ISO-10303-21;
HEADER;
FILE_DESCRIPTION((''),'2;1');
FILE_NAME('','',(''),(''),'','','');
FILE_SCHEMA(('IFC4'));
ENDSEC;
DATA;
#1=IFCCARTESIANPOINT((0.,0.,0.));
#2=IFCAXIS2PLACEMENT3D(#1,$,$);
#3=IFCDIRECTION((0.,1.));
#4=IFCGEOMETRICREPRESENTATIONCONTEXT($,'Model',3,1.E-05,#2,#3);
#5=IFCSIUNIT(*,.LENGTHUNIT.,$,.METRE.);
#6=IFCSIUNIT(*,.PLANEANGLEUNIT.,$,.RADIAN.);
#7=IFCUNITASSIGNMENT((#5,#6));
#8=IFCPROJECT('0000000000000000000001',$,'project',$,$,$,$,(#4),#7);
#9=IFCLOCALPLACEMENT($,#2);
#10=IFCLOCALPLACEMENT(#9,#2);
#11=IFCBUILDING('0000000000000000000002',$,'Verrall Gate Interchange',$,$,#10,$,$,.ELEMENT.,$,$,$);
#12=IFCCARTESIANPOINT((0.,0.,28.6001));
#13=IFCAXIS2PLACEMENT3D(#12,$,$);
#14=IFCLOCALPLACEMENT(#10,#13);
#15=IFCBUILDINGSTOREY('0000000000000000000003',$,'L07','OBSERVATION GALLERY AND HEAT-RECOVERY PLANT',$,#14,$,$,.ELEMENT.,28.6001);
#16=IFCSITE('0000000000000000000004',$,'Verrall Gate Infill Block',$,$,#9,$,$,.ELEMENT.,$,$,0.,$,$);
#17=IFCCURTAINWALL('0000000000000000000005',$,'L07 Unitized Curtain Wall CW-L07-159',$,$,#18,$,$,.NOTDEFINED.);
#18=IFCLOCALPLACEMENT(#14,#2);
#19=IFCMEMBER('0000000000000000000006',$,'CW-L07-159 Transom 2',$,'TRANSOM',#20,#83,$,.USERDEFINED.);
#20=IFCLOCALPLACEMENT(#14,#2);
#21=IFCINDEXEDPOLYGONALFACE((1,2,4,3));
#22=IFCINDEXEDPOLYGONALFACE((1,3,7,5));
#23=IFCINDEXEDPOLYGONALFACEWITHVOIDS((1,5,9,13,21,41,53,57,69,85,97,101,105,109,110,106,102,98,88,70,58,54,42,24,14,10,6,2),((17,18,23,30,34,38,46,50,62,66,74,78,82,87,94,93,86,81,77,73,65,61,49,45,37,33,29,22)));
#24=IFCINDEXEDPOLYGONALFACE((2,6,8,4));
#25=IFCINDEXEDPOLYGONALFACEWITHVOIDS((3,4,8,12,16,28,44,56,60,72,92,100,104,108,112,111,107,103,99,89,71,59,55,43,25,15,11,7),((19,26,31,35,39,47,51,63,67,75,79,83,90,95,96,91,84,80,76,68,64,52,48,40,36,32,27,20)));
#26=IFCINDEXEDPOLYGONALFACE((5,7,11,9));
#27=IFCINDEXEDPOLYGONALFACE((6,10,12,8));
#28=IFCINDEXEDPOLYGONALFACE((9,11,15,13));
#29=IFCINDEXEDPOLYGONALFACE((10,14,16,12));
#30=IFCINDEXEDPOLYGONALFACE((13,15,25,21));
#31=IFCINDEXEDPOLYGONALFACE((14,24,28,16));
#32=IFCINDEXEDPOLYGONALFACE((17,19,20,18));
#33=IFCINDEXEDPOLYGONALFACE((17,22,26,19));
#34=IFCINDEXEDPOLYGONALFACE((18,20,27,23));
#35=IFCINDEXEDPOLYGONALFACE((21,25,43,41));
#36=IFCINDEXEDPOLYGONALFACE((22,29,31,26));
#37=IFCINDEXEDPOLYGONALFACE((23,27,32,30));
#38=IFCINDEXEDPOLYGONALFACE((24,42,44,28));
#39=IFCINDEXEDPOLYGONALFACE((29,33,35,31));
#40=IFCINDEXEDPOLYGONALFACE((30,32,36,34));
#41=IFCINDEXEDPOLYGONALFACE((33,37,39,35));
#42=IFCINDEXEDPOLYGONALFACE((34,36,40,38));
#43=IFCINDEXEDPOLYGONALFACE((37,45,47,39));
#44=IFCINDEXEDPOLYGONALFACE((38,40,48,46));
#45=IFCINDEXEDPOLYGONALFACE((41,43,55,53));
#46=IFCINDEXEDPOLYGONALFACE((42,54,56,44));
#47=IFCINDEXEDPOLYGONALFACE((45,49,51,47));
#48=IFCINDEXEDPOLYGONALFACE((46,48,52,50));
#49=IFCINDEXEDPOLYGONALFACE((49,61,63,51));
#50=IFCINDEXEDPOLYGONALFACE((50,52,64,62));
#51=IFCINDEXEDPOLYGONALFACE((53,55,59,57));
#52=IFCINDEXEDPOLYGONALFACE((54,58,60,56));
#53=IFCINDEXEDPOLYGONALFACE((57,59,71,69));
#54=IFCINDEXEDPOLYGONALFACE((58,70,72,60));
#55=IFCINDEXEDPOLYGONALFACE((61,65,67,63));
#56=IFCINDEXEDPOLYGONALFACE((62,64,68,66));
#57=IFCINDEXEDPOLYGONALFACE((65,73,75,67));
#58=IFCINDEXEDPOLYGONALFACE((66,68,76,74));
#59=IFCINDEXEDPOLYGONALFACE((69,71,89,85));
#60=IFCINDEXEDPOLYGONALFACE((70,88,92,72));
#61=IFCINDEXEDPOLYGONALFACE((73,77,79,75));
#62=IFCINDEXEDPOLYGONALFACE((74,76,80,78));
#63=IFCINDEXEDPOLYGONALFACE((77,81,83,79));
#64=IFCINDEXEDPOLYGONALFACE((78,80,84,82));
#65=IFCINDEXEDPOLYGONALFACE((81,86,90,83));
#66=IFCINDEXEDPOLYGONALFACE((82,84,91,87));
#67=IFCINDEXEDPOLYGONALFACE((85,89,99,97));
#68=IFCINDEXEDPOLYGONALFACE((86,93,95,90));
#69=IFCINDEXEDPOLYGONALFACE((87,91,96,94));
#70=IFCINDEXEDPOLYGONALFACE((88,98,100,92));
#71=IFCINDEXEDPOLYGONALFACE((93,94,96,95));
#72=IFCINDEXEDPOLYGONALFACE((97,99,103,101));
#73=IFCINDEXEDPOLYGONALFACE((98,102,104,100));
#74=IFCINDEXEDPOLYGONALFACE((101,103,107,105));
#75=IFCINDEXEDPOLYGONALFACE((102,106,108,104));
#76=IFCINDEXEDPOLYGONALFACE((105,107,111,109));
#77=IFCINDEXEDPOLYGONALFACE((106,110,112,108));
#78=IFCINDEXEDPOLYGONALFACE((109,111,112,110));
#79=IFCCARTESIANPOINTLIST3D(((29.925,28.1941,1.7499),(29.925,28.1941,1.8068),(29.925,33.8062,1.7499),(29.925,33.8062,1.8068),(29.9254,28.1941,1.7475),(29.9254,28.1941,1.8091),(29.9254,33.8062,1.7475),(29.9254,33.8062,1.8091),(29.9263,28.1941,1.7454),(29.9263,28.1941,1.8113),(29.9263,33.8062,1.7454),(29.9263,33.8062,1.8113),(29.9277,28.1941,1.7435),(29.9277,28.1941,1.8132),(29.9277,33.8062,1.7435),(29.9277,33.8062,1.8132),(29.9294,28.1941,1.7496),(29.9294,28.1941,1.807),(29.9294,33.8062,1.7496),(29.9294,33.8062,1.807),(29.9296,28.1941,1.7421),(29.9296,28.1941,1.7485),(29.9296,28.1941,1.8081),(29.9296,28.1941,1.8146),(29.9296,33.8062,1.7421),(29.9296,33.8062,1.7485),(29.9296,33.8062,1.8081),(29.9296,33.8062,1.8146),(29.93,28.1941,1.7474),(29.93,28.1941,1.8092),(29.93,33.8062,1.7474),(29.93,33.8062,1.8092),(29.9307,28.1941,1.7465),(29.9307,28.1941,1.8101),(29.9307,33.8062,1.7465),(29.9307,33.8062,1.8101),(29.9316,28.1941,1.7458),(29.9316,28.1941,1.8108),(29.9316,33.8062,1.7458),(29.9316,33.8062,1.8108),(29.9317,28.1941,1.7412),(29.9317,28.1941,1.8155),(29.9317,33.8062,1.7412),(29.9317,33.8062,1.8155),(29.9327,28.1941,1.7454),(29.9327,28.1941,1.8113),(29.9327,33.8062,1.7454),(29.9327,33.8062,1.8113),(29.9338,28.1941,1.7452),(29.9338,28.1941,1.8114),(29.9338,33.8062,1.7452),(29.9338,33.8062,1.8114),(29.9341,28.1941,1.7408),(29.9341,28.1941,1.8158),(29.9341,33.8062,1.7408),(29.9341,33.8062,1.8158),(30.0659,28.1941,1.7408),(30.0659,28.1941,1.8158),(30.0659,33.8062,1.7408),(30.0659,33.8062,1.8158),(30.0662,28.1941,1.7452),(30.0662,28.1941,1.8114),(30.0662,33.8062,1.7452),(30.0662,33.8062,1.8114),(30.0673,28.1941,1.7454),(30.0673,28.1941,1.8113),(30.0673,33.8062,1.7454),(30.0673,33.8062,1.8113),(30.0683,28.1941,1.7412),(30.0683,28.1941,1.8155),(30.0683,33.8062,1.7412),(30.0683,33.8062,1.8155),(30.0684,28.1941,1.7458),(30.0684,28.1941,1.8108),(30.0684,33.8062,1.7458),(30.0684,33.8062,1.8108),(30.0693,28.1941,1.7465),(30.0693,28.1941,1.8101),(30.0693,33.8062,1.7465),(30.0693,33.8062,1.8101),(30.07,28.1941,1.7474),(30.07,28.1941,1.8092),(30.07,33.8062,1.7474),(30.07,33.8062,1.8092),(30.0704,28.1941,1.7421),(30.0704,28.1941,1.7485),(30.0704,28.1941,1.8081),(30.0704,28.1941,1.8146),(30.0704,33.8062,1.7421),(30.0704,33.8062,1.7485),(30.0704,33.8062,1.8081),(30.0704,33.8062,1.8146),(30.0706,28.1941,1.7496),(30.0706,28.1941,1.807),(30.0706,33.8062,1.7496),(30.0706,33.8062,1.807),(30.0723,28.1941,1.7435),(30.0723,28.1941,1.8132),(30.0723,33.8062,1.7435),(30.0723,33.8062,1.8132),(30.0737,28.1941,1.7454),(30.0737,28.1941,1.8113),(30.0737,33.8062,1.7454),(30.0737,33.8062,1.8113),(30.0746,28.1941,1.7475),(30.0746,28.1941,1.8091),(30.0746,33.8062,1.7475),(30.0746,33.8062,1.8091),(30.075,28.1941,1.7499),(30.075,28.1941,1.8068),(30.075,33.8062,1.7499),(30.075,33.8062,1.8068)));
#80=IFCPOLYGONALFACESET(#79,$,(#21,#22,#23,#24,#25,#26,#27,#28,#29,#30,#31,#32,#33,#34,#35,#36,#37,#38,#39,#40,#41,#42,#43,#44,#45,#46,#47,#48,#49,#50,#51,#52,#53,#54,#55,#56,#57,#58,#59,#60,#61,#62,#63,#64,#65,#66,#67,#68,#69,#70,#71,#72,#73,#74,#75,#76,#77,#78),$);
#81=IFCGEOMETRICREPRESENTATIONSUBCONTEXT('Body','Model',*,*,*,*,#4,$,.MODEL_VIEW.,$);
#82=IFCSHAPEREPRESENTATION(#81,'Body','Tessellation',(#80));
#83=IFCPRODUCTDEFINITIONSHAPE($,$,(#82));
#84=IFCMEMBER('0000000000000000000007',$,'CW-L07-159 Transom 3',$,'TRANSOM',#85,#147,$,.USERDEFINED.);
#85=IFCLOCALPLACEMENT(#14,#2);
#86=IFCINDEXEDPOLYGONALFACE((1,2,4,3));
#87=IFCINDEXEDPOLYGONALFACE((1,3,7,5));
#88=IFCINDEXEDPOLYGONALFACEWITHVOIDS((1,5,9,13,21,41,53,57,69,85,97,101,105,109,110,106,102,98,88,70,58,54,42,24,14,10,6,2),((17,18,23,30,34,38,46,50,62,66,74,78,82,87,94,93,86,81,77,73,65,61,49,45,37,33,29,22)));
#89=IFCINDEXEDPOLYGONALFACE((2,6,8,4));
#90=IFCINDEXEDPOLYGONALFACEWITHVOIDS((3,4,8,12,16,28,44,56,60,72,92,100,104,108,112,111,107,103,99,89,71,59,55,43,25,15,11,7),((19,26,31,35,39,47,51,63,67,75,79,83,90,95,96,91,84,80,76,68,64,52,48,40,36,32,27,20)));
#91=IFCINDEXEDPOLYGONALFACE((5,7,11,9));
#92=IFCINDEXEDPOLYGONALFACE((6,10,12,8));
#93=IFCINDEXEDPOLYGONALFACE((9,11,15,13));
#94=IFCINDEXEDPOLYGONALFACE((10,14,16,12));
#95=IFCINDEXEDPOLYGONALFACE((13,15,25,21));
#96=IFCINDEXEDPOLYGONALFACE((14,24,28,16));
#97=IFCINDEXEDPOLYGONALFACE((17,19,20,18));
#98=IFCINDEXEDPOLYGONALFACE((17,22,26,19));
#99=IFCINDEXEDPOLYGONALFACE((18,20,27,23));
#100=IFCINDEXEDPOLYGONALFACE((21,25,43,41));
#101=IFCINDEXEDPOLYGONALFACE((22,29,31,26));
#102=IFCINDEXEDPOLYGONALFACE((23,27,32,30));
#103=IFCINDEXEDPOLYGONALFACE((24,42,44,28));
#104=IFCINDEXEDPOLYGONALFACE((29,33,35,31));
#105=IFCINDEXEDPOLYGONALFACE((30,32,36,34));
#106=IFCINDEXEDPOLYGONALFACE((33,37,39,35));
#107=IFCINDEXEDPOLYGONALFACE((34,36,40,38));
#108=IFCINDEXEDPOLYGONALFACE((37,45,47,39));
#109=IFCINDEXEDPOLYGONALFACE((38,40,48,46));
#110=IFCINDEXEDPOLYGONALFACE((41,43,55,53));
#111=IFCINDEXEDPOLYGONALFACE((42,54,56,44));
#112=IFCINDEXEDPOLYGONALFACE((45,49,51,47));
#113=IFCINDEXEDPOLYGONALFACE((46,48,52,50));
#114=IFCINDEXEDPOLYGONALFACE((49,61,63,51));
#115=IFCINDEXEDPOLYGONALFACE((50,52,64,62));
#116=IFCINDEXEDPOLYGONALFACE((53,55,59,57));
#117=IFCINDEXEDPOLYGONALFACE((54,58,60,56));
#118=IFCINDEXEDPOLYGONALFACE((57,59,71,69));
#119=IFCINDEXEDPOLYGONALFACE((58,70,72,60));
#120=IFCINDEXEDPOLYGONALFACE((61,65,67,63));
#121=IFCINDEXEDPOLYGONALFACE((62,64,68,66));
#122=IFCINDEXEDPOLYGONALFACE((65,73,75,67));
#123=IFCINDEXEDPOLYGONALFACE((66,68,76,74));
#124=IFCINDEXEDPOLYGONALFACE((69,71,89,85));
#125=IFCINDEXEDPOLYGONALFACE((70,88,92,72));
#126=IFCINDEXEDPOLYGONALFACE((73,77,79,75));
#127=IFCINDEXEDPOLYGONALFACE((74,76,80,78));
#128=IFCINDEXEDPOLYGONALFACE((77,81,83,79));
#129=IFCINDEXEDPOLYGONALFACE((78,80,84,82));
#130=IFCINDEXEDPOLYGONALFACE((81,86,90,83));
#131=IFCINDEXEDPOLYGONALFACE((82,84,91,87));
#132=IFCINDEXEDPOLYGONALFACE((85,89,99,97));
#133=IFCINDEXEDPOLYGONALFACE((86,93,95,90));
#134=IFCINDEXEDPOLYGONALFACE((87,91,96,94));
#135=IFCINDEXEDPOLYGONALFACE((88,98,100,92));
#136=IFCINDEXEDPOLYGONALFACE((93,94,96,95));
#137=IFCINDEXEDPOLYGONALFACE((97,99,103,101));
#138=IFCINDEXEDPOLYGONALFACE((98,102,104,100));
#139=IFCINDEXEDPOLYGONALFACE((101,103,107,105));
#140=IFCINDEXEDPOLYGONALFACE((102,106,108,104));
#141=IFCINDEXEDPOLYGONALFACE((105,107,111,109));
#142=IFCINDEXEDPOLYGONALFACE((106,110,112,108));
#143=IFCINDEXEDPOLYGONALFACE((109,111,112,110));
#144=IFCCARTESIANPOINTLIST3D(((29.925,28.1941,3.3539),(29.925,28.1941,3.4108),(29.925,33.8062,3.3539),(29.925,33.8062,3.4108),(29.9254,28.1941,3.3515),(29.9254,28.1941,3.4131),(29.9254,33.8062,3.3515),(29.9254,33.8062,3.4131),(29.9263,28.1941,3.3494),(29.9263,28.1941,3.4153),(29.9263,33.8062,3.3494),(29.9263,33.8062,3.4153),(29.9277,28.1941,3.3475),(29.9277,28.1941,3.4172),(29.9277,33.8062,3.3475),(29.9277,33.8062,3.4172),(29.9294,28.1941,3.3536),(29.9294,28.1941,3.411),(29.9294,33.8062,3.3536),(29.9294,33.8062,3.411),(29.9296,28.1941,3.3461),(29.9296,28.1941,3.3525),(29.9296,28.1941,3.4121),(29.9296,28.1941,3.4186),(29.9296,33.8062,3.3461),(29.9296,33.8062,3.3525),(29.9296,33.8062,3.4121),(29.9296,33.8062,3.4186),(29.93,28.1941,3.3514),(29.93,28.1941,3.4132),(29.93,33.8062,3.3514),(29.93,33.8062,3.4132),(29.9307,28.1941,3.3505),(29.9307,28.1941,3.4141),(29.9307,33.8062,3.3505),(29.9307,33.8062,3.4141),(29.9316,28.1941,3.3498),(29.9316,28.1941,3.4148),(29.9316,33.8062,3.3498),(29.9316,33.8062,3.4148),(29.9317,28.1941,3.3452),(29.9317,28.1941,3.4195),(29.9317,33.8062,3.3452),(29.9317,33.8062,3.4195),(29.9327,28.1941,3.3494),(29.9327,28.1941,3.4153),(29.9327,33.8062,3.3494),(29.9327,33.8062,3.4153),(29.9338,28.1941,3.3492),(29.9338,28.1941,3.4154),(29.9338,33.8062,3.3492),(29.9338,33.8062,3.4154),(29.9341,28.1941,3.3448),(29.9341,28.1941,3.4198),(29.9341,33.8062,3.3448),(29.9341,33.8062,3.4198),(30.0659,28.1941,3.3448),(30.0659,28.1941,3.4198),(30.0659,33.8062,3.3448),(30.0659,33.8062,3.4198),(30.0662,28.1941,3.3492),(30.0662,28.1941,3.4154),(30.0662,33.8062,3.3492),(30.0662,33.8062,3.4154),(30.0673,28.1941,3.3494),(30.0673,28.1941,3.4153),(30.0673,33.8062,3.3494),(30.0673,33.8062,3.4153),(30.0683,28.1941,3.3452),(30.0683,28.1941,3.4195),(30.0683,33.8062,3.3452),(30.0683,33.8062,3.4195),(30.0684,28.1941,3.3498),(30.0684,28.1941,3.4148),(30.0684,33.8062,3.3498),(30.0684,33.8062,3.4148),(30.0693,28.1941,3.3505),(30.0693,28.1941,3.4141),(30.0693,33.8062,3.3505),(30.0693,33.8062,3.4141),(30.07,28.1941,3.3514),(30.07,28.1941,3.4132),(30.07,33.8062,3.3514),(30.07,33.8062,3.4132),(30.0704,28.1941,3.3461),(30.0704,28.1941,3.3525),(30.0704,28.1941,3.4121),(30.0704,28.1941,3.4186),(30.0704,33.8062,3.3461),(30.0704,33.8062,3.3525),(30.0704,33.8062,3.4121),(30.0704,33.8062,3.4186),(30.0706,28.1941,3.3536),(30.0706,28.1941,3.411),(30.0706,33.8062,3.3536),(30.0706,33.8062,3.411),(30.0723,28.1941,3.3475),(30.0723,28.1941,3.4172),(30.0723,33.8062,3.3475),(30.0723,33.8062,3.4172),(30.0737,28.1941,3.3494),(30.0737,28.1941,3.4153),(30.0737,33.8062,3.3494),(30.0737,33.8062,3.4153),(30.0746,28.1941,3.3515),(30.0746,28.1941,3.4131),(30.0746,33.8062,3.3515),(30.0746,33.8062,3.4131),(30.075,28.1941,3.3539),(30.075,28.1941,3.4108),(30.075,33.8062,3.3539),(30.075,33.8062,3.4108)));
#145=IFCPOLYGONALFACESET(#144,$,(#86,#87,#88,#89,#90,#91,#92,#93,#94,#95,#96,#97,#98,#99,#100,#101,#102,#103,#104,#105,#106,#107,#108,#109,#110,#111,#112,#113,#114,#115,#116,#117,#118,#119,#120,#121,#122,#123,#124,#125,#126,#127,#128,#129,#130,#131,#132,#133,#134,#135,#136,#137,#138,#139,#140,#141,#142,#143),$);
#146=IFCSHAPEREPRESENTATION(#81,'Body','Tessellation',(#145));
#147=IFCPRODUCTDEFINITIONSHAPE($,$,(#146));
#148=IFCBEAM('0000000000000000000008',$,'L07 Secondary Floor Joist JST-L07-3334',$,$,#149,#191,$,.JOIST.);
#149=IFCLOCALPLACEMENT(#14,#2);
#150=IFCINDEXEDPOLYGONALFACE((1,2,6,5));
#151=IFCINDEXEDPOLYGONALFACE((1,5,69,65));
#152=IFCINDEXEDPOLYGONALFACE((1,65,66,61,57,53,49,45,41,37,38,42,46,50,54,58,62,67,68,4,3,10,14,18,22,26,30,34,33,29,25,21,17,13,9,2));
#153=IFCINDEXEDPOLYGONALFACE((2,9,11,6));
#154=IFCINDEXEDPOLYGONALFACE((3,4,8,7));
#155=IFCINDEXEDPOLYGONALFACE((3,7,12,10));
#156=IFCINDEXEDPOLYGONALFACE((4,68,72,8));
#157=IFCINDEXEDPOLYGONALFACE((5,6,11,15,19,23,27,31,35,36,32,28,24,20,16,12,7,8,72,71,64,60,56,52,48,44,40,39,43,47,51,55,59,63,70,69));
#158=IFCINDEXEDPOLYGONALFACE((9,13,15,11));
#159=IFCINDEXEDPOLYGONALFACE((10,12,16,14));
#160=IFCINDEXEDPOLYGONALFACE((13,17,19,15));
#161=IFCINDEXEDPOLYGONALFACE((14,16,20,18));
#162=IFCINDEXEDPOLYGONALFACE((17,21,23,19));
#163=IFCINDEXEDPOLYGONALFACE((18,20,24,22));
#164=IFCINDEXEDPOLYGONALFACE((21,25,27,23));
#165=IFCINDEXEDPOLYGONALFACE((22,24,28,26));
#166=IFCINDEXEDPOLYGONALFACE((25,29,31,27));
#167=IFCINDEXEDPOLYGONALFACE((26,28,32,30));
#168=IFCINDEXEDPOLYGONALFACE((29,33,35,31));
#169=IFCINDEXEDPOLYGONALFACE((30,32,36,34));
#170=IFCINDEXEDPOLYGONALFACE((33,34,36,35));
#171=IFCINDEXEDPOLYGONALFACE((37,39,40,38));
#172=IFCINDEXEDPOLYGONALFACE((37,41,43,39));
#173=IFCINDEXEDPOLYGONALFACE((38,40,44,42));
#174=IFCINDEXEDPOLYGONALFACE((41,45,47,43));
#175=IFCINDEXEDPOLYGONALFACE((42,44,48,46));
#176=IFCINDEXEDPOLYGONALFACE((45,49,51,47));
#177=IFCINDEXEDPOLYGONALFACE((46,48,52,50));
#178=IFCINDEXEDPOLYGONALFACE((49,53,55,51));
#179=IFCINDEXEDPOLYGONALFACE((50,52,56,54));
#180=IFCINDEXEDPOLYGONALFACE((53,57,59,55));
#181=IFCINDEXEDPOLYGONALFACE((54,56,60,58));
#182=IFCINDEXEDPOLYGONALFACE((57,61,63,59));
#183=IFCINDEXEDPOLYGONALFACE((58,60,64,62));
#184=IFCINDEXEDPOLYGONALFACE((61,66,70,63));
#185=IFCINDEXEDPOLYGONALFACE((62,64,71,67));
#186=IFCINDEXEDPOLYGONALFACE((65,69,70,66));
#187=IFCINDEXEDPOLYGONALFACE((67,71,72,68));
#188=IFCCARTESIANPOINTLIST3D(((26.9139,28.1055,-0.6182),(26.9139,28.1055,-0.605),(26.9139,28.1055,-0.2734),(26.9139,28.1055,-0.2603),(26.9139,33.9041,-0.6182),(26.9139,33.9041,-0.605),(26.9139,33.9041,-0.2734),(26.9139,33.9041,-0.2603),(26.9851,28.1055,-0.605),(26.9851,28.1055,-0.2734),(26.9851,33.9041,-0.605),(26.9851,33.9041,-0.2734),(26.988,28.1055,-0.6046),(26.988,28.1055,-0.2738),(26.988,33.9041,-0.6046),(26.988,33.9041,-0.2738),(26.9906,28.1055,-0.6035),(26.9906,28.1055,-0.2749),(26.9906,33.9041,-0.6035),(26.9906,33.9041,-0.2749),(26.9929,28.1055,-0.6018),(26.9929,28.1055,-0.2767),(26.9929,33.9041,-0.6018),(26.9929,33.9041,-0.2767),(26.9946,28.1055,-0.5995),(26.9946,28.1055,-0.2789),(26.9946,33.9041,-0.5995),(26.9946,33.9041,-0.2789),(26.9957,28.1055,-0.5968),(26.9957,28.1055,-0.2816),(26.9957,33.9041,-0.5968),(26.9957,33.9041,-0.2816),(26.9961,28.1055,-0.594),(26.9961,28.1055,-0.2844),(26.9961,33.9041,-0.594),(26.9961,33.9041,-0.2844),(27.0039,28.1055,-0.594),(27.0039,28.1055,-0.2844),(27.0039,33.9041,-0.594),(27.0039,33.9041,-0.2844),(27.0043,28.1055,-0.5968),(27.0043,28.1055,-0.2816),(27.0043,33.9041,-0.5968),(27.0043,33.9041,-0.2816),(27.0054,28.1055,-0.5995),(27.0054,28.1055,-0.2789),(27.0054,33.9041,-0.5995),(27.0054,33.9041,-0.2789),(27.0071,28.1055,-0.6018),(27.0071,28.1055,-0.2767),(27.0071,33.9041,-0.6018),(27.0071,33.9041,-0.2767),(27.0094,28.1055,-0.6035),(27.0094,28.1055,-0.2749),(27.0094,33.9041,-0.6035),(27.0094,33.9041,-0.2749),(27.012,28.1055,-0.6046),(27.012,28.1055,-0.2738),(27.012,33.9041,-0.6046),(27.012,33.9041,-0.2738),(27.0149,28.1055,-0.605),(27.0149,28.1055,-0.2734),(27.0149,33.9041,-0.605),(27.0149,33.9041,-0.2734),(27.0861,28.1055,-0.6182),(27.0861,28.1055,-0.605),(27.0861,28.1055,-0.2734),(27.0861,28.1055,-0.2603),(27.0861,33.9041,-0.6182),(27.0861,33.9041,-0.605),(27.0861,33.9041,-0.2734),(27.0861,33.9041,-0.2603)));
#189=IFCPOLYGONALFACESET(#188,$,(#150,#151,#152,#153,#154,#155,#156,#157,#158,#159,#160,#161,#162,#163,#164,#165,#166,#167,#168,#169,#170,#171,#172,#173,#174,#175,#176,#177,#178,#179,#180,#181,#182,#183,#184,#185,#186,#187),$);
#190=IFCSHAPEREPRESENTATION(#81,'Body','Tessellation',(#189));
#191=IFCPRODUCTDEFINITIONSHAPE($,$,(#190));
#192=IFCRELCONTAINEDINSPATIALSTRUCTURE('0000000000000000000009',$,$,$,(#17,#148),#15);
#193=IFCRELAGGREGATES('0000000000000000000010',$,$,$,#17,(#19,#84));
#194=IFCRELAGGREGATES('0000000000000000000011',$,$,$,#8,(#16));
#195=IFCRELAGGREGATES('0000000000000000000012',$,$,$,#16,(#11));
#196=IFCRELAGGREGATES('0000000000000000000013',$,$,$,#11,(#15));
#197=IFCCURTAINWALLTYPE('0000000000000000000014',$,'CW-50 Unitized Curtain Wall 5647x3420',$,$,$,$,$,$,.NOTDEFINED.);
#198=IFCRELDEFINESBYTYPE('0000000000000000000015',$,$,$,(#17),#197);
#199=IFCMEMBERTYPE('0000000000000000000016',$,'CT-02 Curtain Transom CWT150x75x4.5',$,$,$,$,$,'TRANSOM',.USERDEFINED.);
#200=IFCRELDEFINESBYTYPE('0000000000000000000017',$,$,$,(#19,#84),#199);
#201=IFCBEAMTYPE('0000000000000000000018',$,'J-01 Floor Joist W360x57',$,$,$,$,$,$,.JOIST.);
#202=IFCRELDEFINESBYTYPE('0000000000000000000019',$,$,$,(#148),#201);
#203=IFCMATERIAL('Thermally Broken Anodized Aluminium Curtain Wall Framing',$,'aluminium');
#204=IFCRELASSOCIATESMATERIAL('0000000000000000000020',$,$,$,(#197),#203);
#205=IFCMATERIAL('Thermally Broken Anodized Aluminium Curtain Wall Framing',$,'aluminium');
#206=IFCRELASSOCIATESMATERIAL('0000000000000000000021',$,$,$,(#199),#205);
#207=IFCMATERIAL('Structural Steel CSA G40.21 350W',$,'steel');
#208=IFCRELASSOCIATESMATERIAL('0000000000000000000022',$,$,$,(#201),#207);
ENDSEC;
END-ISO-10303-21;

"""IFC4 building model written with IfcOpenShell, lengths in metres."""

from ifc_helpers import new_model, si_unit, direction, frame, origin, origin_2d, place, context, subcontext, project, spatial, hollow_rectangle, i_section, extrude, material, material_profile, profile_set, type_object, element, aggregate, save


model = new_model("IFC4")

# Units and contexts
model_context = context("Model", 3, precision=1e-05, world=origin(), true_north=direction((0.0, 1.0)))
body_context = subcontext(model_context, "Body", "Model", "MODEL_VIEW")
ifc_project = project(units=[si_unit("LENGTHUNIT", "METRE"), si_unit("PLANEANGLEUNIT", "RADIAN")], contexts=[model_context])

# Site, building, storey
site_placement = place(None, origin())
site = spatial("IfcSite", under=ifc_project, at=site_placement, Name="Verrall Gate Infill Block", CompositionType="ELEMENT", RefElevation=0.0)
building_placement = place(site_placement, origin())
building = spatial("IfcBuilding", under=site, at=building_placement, Name="Verrall Gate Interchange", CompositionType="ELEMENT")
storey_placement = place(building_placement, frame((0.0, 0.0, 28.6001)))
storey = spatial("IfcBuildingStorey", under=building, at=storey_placement, Name="L07", Description="OBSERVATION GALLERY AND HEAT-RECOVERY PLANT", CompositionType="ELEMENT", Elevation=28.6001)

# Curtain wall, members
ifc_material_1 = material(Name="Thermally Broken Anodized Aluminium Curtain Wall Framing", Category="aluminium")
curtain_wall_type_1 = type_object("IfcCurtainWallType", Name="CW-50 Unitized Curtain Wall 5647x3420", PredefinedType="NOTDEFINED", material=ifc_material_1)
curtain_wall_1_placement = place(storey_placement, origin())
curtain_wall_1 = element("IfcCurtainWall", 1, at=curtain_wall_1_placement, inside=storey, type_object=curtain_wall_type_1, Name="L07 Unitized Curtain Wall CW-L07-159", PredefinedType="NOTDEFINED")
ifc_material_2 = material(Name="Thermally Broken Anodized Aluminium Curtain Wall Framing", Category="aluminium")
ifc_material_profile_1 = material_profile(ifc_material_2, hollow_rectangle(XDim=0.1499, YDim=0.075, WallThickness=0.0044, InnerFilletRadius=0.0044, OuterFilletRadius=0.009, at=origin_2d()), Name="CWT150x75x4.5")
ifc_profile_set_1 = profile_set([ifc_material_profile_1], Name="Thermally Broken Anodized Aluminium Curtain Wall Framing")
member_type_1 = type_object("IfcMemberType", Name="CT-02 Curtain Transom CWT150x75x4.5", ElementType="TRANSOM", PredefinedType="USERDEFINED", material=ifc_profile_set_1)
member_1_placement = place(storey_placement, frame((30.0, 28.1941, 1.7783), z_axis=(0.0, 1.0, 0.0), x_axis=(-1.0, 0.0, 0.0)))
member_1 = element("IfcMember", 2, at=member_1_placement, type_object=member_type_1, Name="CW-L07-159 Transom 2", ObjectType="TRANSOM", PredefinedType="USERDEFINED", context=body_context, shape_type="SweptSolid", body=[
    extrude(hollow_rectangle(XDim=0.1499, YDim=0.075, WallThickness=0.0044, InnerFilletRadius=0.0044, OuterFilletRadius=0.009, at=origin_2d()), origin(), (0.0, 0.0, 1.0), 5.6121),
])
member_2_placement = place(storey_placement, frame((30.0, 28.1941, 3.3823), z_axis=(0.0, 1.0, 0.0), x_axis=(-1.0, 0.0, 0.0)))
member_2 = element("IfcMember", 3, at=member_2_placement, type_object=member_type_1, Name="CW-L07-159 Transom 3", ObjectType="TRANSOM", PredefinedType="USERDEFINED", context=body_context, shape_type="SweptSolid", body=[
    extrude(hollow_rectangle(XDim=0.1499, YDim=0.075, WallThickness=0.0044, InnerFilletRadius=0.0044, OuterFilletRadius=0.009, at=origin_2d()), origin(), (0.0, 0.0, 1.0), 5.6121),
])

# Beam
ifc_material_3 = material(Name="Structural Steel CSA G40.21 350W", Category="steel")
ifc_material_profile_2 = material_profile(ifc_material_3, i_section(OverallWidth=0.1721, OverallDepth=0.3579, WebThickness=0.0078, FlangeThickness=0.0132, FilletRadius=0.011, at=origin_2d()), Name="W360x57")
ifc_profile_set_2 = profile_set([ifc_material_profile_2], Name="Structural Steel CSA G40.21 350W")
beam_type_1 = type_object("IfcBeamType", Name="J-01 Floor Joist W360x57", PredefinedType="JOIST", material=ifc_profile_set_2)
beam_1_placement = place(storey_placement, frame((27.0, 28.1055, -0.4392), z_axis=(0.0, 1.0, 0.0), x_axis=(-1.0, 0.0, 0.0)))
element("IfcBeam", 4, at=beam_1_placement, inside=storey, type_object=beam_type_1, Name="L07 Secondary Floor Joist JST-L07-3334", PredefinedType="JOIST", context=body_context, shape_type="SweptSolid", body=[
    extrude(i_section(OverallWidth=0.1721, OverallDepth=0.3579, WebThickness=0.0078, FlangeThickness=0.0132, FilletRadius=0.011, at=origin_2d()), origin(), (0.0, 0.0, 1.0), 5.7986),
])

aggregate(curtain_wall_1, [member_1, member_2])

save(model, "model.ifc")
